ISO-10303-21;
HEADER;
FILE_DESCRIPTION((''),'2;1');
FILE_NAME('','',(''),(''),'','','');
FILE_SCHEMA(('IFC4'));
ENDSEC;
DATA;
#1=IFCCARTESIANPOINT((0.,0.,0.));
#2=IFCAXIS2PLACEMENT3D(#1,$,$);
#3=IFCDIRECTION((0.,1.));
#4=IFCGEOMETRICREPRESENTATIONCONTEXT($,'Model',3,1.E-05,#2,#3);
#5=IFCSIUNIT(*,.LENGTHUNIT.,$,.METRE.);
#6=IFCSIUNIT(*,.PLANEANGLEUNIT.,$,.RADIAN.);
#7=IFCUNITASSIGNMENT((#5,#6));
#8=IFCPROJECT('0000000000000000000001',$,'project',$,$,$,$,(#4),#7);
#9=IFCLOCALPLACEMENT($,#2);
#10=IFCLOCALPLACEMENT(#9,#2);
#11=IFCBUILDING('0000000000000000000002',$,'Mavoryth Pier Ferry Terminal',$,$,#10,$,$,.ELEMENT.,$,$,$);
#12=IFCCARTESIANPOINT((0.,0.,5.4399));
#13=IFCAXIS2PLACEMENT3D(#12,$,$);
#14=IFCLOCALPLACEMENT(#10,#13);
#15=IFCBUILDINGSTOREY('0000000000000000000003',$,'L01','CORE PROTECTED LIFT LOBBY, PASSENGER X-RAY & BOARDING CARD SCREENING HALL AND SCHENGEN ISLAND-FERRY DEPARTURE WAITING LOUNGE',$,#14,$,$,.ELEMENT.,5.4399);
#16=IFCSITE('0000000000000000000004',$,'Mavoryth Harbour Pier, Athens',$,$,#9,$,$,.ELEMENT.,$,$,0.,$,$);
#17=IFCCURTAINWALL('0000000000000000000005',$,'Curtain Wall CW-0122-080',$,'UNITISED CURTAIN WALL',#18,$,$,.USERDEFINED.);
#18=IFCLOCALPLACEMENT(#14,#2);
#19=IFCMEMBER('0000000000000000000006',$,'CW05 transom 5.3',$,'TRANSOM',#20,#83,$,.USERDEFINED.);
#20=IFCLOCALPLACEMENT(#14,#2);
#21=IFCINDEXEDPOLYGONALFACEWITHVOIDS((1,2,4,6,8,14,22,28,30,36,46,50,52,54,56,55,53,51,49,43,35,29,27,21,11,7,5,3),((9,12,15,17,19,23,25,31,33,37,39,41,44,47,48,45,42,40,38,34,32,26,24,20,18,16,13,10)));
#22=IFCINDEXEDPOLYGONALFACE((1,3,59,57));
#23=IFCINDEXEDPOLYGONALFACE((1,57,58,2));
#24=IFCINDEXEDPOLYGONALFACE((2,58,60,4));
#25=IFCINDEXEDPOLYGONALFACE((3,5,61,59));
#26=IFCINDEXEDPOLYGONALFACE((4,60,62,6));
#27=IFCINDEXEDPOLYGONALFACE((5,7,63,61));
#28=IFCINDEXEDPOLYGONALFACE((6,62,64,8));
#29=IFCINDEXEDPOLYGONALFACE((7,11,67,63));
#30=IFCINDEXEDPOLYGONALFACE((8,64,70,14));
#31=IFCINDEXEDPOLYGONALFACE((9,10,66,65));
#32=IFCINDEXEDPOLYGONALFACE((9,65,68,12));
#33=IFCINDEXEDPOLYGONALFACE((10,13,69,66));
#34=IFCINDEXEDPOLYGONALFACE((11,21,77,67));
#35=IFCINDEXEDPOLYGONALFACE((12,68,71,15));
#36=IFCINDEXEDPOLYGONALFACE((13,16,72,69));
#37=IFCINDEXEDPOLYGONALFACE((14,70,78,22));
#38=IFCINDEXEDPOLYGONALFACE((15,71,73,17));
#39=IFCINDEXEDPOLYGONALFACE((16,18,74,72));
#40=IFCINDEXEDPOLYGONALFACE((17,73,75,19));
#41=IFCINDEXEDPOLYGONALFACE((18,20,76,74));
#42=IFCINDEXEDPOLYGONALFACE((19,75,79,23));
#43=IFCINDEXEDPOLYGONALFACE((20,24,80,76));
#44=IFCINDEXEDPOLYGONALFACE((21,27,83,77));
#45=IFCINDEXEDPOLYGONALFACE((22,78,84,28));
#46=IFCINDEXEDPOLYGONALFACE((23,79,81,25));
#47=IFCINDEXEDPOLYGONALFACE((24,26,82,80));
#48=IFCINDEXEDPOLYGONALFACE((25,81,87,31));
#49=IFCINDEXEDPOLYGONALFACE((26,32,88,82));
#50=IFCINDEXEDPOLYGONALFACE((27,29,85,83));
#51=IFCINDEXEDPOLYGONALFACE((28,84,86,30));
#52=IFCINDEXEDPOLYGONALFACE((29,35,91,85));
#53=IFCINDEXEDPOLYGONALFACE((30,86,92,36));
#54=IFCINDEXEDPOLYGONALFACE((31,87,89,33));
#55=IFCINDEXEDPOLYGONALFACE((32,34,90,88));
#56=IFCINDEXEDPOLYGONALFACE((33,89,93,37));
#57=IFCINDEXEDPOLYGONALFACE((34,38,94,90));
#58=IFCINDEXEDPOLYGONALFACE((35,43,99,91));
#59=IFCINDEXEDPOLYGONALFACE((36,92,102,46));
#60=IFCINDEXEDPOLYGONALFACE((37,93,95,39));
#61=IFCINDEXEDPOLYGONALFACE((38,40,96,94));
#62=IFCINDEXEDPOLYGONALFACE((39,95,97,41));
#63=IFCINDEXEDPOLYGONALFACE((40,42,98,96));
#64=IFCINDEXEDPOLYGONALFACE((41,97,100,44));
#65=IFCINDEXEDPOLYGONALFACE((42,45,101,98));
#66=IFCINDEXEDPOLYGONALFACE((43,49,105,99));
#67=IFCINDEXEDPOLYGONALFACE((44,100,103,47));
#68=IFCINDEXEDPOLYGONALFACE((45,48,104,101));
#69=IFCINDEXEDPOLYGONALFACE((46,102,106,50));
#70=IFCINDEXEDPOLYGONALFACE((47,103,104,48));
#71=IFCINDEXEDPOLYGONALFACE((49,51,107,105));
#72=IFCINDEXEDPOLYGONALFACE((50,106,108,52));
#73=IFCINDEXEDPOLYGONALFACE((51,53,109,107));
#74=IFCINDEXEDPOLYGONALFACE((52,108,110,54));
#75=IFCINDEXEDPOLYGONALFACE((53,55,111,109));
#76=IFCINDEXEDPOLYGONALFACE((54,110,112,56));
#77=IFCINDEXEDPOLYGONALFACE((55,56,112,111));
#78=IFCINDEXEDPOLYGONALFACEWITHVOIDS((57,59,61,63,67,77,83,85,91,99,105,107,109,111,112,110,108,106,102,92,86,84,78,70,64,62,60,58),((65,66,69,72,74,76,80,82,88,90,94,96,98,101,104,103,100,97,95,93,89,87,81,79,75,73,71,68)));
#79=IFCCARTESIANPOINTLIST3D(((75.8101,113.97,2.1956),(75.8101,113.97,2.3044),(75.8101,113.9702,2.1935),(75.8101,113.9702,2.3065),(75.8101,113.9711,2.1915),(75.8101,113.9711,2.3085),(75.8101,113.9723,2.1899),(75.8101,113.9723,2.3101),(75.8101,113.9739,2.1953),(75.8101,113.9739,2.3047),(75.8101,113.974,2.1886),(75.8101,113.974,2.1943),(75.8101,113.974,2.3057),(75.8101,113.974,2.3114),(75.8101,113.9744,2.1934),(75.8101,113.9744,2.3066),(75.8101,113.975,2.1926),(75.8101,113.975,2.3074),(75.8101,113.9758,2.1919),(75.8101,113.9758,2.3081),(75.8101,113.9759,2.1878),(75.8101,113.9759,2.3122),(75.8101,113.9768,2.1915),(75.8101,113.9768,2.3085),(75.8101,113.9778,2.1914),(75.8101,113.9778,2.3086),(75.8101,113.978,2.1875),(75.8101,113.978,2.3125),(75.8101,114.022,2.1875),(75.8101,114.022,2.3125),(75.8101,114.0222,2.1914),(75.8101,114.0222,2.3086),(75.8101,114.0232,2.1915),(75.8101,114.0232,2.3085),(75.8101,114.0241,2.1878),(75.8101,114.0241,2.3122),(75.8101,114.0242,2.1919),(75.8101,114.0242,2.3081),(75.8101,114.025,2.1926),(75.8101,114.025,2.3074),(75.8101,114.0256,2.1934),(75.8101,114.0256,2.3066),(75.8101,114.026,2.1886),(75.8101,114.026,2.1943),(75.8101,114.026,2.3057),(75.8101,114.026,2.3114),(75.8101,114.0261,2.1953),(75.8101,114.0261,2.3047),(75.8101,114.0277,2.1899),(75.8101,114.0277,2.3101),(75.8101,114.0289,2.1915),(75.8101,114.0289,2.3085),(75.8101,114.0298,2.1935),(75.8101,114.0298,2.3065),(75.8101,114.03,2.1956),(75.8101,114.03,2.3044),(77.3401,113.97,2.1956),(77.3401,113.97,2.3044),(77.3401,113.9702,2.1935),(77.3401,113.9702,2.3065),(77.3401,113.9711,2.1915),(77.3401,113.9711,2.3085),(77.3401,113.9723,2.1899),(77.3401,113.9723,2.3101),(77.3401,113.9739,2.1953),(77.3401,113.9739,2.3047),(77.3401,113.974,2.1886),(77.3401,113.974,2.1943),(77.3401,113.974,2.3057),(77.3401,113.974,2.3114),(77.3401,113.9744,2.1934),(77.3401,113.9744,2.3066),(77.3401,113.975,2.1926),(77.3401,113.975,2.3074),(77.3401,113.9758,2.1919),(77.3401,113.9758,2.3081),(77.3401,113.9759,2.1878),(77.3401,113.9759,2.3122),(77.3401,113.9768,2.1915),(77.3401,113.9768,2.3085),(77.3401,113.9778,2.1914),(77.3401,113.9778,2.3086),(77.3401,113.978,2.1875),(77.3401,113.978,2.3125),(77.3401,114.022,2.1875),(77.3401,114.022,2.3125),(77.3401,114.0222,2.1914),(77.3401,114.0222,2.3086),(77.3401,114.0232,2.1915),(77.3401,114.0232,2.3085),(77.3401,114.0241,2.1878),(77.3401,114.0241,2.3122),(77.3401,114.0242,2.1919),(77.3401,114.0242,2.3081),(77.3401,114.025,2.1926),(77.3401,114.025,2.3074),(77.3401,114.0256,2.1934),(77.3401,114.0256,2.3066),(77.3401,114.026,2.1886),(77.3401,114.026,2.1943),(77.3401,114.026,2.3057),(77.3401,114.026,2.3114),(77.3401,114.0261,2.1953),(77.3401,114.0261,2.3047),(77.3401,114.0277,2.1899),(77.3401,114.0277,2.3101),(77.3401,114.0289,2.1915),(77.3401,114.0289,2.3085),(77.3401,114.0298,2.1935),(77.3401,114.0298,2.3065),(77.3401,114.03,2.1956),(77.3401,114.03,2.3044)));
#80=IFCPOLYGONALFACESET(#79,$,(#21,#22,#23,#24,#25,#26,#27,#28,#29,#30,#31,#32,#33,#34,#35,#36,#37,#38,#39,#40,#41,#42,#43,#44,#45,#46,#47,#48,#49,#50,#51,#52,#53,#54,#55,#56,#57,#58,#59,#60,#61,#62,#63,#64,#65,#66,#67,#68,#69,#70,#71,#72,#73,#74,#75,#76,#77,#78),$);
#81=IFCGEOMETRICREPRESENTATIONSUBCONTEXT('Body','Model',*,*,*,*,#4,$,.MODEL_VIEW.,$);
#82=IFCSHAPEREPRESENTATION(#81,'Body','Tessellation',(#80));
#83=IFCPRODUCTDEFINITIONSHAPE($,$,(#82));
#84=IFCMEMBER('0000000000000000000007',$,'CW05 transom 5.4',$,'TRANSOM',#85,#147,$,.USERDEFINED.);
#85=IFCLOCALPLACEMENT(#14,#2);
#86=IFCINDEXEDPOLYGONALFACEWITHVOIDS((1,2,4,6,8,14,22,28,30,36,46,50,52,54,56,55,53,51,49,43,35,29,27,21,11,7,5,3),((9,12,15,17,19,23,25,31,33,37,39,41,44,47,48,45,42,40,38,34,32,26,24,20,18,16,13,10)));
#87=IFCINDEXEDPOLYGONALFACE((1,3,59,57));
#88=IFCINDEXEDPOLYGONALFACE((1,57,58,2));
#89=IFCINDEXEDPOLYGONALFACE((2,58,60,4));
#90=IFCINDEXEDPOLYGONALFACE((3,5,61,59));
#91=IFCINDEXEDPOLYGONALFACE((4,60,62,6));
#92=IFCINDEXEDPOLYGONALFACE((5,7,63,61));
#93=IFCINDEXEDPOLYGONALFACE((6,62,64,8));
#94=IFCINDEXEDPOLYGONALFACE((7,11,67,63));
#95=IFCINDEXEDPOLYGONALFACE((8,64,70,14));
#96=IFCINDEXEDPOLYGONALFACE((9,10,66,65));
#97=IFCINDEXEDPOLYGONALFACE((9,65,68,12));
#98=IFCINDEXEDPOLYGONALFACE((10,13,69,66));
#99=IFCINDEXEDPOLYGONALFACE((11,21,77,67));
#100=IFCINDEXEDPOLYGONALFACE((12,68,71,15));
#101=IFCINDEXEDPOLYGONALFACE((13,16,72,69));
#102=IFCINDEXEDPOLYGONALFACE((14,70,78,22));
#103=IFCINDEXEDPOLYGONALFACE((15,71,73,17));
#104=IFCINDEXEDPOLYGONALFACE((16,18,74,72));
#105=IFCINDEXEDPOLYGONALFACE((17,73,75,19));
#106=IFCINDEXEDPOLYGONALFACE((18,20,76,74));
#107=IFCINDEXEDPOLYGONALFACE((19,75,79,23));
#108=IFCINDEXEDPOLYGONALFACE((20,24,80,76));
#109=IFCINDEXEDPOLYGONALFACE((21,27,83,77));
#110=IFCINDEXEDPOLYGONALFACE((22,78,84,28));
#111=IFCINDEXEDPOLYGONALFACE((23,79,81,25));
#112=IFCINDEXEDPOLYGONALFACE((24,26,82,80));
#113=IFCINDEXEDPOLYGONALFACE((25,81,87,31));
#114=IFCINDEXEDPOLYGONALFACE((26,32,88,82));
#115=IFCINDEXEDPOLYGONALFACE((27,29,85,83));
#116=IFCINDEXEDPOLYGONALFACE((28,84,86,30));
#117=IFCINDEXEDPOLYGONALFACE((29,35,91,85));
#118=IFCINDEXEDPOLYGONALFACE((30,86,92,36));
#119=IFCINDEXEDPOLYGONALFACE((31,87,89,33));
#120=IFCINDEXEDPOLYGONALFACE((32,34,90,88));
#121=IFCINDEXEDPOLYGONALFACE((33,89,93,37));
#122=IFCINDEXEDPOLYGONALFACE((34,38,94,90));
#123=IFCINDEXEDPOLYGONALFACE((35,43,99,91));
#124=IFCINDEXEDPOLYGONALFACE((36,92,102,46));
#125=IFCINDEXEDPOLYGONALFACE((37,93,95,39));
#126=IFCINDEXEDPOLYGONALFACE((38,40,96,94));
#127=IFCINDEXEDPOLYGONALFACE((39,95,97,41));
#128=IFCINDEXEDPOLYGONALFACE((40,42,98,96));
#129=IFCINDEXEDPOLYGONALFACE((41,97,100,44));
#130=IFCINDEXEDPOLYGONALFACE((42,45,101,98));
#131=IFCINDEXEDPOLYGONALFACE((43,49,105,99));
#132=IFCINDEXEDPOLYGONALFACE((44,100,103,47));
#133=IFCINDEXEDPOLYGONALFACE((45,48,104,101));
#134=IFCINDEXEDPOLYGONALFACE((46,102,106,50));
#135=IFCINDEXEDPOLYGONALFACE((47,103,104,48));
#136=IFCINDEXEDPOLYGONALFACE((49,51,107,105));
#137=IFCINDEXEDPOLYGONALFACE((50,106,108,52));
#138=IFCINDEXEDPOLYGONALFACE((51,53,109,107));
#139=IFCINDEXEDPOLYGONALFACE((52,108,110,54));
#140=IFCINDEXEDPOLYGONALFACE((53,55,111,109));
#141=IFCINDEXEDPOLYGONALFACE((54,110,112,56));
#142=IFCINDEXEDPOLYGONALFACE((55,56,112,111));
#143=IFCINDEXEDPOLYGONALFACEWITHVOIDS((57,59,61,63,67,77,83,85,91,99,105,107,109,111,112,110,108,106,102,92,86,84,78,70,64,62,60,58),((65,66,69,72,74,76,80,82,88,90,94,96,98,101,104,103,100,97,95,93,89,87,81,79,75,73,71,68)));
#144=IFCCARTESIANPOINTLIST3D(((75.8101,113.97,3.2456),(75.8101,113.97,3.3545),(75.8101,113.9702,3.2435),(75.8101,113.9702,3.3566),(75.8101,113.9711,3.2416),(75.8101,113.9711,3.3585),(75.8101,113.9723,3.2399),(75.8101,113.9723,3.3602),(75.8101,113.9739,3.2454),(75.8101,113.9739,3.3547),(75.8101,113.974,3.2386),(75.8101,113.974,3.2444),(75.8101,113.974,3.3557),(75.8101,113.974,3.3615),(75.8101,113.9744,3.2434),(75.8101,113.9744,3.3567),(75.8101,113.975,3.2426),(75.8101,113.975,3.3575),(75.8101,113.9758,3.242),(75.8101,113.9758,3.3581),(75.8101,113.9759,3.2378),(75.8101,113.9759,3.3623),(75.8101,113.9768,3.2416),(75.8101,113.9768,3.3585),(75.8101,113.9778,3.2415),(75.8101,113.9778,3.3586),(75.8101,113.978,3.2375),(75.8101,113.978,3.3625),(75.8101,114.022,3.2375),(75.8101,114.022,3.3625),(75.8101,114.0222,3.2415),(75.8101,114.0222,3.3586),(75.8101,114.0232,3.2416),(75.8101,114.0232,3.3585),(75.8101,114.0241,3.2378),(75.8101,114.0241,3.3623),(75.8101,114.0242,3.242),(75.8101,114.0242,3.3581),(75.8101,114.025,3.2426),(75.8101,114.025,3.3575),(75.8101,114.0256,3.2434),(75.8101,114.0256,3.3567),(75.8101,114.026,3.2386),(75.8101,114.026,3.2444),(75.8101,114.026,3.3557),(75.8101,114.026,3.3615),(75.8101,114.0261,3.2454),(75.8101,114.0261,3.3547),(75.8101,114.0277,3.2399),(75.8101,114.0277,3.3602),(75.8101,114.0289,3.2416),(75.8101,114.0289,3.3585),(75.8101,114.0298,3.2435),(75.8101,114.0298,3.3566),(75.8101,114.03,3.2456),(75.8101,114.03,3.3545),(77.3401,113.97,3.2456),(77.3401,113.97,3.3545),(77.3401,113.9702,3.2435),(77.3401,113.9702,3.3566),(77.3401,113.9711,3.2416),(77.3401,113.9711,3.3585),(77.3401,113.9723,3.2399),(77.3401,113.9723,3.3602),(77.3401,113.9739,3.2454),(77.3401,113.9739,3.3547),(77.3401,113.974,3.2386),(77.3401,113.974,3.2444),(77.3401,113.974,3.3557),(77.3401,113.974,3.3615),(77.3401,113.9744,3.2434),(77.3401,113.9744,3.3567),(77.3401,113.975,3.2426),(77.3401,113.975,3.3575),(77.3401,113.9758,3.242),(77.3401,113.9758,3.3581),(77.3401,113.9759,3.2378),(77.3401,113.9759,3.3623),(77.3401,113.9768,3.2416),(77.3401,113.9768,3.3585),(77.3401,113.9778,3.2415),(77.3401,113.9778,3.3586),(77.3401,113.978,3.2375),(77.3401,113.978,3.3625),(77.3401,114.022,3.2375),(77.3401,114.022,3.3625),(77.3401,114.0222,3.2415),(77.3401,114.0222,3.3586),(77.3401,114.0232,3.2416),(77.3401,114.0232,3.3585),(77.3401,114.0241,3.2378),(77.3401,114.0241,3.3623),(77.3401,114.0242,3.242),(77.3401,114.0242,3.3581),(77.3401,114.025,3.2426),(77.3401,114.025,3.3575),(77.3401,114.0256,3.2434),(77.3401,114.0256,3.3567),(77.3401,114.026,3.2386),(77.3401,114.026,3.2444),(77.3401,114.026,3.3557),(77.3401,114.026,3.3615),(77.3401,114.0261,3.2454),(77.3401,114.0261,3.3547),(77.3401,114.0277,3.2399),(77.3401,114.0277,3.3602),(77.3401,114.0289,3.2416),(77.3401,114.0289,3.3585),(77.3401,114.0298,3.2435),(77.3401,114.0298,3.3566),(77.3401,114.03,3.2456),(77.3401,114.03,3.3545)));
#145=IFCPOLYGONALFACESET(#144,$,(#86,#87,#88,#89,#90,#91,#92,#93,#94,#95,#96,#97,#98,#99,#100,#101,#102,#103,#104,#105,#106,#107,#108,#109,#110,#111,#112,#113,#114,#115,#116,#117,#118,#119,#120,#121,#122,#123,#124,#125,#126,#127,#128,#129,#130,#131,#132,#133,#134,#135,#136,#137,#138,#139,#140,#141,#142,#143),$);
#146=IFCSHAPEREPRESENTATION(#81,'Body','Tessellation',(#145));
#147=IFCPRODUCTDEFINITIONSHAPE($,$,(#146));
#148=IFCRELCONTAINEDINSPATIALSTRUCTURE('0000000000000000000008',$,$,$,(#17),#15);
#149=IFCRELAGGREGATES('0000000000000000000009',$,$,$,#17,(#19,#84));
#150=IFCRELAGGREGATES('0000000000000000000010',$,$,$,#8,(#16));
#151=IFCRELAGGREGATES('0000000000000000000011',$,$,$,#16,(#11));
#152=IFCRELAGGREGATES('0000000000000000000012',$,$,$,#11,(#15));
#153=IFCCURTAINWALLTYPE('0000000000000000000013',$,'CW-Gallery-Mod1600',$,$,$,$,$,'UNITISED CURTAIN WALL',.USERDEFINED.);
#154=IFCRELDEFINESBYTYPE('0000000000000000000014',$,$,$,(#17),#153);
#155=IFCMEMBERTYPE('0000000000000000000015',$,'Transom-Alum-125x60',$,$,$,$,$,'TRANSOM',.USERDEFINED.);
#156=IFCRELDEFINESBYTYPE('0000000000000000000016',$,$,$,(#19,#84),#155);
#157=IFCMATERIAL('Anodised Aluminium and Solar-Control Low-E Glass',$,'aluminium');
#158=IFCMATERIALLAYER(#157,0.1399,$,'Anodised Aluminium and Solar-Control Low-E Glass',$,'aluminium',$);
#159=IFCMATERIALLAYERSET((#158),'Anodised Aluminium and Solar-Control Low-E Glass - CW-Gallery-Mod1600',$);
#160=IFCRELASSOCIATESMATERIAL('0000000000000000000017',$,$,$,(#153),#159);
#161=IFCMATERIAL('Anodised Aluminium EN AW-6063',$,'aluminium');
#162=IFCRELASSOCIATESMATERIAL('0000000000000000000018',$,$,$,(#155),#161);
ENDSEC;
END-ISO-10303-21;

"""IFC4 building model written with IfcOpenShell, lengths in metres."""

from ifc_helpers import new_model, si_unit, direction, frame, origin, origin_2d, place, context, subcontext, project, spatial, hollow_rectangle, extrude, material, layer, layer_set, material_profile, profile_set, type_object, element, aggregate, save


model = new_model("IFC4")

# Units and contexts
model_context = context("Model", 3, precision=1e-05, world=origin(), true_north=direction((0.0, 1.0)))
body_context = subcontext(model_context, "Body", "Model", "MODEL_VIEW")
ifc_project = project(units=[si_unit("LENGTHUNIT", "METRE"), si_unit("PLANEANGLEUNIT", "RADIAN")], contexts=[model_context])

# Site, building, storey
site_placement = place(None, origin())
site = spatial("IfcSite", under=ifc_project, at=site_placement, Name="Mavoryth Harbour Pier, Athens", CompositionType="ELEMENT", RefElevation=0.0)
building_placement = place(site_placement, origin())
building = spatial("IfcBuilding", under=site, at=building_placement, Name="Mavoryth Pier Ferry Terminal", CompositionType="ELEMENT")
storey_placement = place(building_placement, frame((0.0, 0.0, 5.4399)))
storey = spatial("IfcBuildingStorey", under=building, at=storey_placement, Name="L01", Description="CORE PROTECTED LIFT LOBBY, PASSENGER X-RAY & BOARDING CARD SCREENING HALL AND SCHENGEN ISLAND-FERRY DEPARTURE WAITING LOUNGE", CompositionType="ELEMENT", Elevation=5.4399)

# Curtain wall
ifc_material_1 = material(Name="Anodised Aluminium and Solar-Control Low-E Glass", Category="aluminium")
ifc_layer_1 = layer(ifc_material_1, 0.1399, Name="Anodised Aluminium and Solar-Control Low-E Glass", Category="aluminium")
ifc_layer_set_1 = layer_set([ifc_layer_1], Name="Anodised Aluminium and Solar-Control Low-E Glass - CW-Gallery-Mod1600")
curtain_wall_type = type_object("IfcCurtainWallType", Name="CW-Gallery-Mod1600", ElementType="UNITISED CURTAIN WALL", PredefinedType="USERDEFINED", material=ifc_layer_set_1)
ifc_material_2 = material(Name="Anodised Aluminium EN AW-6063", Category="aluminium")
curtain_wall_1_placement = place(storey_placement, origin())
curtain_wall_1 = element("IfcCurtainWall", 1, at=curtain_wall_1_placement, inside=storey, type_object=curtain_wall_type, Name="Curtain Wall CW-0122-080", ObjectType="UNITISED CURTAIN WALL", PredefinedType="USERDEFINED")

# Members
ifc_material_profile_1 = material_profile(ifc_material_2, hollow_rectangle(XDim=0.0601, YDim=0.125, WallThickness=0.0039, InnerFilletRadius=0.0039, OuterFilletRadius=0.0081, at=origin_2d()), Name="AL-TRAN 125x60x4", Category="aluminium")
ifc_profile_set_1 = profile_set([ifc_material_profile_1], Name="Anodised Aluminium EN AW-6063 - AL-TRAN 125x60x4")
member_type_1 = type_object("IfcMemberType", Name="Transom-Alum-125x60", ElementType="TRANSOM", PredefinedType="USERDEFINED", material=ifc_profile_set_1)
member_1_placement = place(storey_placement, frame((77.3401, 114.0, 2.25), z_axis=(-1.0, 0.0, 0.0), x_axis=(0.0, -1.0, 0.0)))
member_1 = element("IfcMember", 2, at=member_1_placement, type_object=member_type_1, Name="CW05 transom 5.3", ObjectType="TRANSOM", PredefinedType="USERDEFINED", context=body_context, shape_type="SweptSolid", body=[
    extrude(hollow_rectangle(XDim=0.0601, YDim=0.125, WallThickness=0.0039, InnerFilletRadius=0.0039, OuterFilletRadius=0.0081, at=origin_2d()), origin(), (0.0, 0.0, 1.0), 1.53),
])
member_2_placement = place(storey_placement, frame((77.3401, 114.0, 3.3), z_axis=(-1.0, 0.0, 0.0), x_axis=(0.0, -1.0, 0.0)))
member_2 = element("IfcMember", 3, at=member_2_placement, type_object=member_type_1, Name="CW05 transom 5.4", ObjectType="TRANSOM", PredefinedType="USERDEFINED", context=body_context, shape_type="SweptSolid", body=[
    extrude(hollow_rectangle(XDim=0.0601, YDim=0.125, WallThickness=0.0039, InnerFilletRadius=0.0039, OuterFilletRadius=0.0081, at=origin_2d()), origin(), (0.0, 0.0, 1.0), 1.53),
])

aggregate(curtain_wall_1, [member_1, member_2])

save(model, "model.ifc")
